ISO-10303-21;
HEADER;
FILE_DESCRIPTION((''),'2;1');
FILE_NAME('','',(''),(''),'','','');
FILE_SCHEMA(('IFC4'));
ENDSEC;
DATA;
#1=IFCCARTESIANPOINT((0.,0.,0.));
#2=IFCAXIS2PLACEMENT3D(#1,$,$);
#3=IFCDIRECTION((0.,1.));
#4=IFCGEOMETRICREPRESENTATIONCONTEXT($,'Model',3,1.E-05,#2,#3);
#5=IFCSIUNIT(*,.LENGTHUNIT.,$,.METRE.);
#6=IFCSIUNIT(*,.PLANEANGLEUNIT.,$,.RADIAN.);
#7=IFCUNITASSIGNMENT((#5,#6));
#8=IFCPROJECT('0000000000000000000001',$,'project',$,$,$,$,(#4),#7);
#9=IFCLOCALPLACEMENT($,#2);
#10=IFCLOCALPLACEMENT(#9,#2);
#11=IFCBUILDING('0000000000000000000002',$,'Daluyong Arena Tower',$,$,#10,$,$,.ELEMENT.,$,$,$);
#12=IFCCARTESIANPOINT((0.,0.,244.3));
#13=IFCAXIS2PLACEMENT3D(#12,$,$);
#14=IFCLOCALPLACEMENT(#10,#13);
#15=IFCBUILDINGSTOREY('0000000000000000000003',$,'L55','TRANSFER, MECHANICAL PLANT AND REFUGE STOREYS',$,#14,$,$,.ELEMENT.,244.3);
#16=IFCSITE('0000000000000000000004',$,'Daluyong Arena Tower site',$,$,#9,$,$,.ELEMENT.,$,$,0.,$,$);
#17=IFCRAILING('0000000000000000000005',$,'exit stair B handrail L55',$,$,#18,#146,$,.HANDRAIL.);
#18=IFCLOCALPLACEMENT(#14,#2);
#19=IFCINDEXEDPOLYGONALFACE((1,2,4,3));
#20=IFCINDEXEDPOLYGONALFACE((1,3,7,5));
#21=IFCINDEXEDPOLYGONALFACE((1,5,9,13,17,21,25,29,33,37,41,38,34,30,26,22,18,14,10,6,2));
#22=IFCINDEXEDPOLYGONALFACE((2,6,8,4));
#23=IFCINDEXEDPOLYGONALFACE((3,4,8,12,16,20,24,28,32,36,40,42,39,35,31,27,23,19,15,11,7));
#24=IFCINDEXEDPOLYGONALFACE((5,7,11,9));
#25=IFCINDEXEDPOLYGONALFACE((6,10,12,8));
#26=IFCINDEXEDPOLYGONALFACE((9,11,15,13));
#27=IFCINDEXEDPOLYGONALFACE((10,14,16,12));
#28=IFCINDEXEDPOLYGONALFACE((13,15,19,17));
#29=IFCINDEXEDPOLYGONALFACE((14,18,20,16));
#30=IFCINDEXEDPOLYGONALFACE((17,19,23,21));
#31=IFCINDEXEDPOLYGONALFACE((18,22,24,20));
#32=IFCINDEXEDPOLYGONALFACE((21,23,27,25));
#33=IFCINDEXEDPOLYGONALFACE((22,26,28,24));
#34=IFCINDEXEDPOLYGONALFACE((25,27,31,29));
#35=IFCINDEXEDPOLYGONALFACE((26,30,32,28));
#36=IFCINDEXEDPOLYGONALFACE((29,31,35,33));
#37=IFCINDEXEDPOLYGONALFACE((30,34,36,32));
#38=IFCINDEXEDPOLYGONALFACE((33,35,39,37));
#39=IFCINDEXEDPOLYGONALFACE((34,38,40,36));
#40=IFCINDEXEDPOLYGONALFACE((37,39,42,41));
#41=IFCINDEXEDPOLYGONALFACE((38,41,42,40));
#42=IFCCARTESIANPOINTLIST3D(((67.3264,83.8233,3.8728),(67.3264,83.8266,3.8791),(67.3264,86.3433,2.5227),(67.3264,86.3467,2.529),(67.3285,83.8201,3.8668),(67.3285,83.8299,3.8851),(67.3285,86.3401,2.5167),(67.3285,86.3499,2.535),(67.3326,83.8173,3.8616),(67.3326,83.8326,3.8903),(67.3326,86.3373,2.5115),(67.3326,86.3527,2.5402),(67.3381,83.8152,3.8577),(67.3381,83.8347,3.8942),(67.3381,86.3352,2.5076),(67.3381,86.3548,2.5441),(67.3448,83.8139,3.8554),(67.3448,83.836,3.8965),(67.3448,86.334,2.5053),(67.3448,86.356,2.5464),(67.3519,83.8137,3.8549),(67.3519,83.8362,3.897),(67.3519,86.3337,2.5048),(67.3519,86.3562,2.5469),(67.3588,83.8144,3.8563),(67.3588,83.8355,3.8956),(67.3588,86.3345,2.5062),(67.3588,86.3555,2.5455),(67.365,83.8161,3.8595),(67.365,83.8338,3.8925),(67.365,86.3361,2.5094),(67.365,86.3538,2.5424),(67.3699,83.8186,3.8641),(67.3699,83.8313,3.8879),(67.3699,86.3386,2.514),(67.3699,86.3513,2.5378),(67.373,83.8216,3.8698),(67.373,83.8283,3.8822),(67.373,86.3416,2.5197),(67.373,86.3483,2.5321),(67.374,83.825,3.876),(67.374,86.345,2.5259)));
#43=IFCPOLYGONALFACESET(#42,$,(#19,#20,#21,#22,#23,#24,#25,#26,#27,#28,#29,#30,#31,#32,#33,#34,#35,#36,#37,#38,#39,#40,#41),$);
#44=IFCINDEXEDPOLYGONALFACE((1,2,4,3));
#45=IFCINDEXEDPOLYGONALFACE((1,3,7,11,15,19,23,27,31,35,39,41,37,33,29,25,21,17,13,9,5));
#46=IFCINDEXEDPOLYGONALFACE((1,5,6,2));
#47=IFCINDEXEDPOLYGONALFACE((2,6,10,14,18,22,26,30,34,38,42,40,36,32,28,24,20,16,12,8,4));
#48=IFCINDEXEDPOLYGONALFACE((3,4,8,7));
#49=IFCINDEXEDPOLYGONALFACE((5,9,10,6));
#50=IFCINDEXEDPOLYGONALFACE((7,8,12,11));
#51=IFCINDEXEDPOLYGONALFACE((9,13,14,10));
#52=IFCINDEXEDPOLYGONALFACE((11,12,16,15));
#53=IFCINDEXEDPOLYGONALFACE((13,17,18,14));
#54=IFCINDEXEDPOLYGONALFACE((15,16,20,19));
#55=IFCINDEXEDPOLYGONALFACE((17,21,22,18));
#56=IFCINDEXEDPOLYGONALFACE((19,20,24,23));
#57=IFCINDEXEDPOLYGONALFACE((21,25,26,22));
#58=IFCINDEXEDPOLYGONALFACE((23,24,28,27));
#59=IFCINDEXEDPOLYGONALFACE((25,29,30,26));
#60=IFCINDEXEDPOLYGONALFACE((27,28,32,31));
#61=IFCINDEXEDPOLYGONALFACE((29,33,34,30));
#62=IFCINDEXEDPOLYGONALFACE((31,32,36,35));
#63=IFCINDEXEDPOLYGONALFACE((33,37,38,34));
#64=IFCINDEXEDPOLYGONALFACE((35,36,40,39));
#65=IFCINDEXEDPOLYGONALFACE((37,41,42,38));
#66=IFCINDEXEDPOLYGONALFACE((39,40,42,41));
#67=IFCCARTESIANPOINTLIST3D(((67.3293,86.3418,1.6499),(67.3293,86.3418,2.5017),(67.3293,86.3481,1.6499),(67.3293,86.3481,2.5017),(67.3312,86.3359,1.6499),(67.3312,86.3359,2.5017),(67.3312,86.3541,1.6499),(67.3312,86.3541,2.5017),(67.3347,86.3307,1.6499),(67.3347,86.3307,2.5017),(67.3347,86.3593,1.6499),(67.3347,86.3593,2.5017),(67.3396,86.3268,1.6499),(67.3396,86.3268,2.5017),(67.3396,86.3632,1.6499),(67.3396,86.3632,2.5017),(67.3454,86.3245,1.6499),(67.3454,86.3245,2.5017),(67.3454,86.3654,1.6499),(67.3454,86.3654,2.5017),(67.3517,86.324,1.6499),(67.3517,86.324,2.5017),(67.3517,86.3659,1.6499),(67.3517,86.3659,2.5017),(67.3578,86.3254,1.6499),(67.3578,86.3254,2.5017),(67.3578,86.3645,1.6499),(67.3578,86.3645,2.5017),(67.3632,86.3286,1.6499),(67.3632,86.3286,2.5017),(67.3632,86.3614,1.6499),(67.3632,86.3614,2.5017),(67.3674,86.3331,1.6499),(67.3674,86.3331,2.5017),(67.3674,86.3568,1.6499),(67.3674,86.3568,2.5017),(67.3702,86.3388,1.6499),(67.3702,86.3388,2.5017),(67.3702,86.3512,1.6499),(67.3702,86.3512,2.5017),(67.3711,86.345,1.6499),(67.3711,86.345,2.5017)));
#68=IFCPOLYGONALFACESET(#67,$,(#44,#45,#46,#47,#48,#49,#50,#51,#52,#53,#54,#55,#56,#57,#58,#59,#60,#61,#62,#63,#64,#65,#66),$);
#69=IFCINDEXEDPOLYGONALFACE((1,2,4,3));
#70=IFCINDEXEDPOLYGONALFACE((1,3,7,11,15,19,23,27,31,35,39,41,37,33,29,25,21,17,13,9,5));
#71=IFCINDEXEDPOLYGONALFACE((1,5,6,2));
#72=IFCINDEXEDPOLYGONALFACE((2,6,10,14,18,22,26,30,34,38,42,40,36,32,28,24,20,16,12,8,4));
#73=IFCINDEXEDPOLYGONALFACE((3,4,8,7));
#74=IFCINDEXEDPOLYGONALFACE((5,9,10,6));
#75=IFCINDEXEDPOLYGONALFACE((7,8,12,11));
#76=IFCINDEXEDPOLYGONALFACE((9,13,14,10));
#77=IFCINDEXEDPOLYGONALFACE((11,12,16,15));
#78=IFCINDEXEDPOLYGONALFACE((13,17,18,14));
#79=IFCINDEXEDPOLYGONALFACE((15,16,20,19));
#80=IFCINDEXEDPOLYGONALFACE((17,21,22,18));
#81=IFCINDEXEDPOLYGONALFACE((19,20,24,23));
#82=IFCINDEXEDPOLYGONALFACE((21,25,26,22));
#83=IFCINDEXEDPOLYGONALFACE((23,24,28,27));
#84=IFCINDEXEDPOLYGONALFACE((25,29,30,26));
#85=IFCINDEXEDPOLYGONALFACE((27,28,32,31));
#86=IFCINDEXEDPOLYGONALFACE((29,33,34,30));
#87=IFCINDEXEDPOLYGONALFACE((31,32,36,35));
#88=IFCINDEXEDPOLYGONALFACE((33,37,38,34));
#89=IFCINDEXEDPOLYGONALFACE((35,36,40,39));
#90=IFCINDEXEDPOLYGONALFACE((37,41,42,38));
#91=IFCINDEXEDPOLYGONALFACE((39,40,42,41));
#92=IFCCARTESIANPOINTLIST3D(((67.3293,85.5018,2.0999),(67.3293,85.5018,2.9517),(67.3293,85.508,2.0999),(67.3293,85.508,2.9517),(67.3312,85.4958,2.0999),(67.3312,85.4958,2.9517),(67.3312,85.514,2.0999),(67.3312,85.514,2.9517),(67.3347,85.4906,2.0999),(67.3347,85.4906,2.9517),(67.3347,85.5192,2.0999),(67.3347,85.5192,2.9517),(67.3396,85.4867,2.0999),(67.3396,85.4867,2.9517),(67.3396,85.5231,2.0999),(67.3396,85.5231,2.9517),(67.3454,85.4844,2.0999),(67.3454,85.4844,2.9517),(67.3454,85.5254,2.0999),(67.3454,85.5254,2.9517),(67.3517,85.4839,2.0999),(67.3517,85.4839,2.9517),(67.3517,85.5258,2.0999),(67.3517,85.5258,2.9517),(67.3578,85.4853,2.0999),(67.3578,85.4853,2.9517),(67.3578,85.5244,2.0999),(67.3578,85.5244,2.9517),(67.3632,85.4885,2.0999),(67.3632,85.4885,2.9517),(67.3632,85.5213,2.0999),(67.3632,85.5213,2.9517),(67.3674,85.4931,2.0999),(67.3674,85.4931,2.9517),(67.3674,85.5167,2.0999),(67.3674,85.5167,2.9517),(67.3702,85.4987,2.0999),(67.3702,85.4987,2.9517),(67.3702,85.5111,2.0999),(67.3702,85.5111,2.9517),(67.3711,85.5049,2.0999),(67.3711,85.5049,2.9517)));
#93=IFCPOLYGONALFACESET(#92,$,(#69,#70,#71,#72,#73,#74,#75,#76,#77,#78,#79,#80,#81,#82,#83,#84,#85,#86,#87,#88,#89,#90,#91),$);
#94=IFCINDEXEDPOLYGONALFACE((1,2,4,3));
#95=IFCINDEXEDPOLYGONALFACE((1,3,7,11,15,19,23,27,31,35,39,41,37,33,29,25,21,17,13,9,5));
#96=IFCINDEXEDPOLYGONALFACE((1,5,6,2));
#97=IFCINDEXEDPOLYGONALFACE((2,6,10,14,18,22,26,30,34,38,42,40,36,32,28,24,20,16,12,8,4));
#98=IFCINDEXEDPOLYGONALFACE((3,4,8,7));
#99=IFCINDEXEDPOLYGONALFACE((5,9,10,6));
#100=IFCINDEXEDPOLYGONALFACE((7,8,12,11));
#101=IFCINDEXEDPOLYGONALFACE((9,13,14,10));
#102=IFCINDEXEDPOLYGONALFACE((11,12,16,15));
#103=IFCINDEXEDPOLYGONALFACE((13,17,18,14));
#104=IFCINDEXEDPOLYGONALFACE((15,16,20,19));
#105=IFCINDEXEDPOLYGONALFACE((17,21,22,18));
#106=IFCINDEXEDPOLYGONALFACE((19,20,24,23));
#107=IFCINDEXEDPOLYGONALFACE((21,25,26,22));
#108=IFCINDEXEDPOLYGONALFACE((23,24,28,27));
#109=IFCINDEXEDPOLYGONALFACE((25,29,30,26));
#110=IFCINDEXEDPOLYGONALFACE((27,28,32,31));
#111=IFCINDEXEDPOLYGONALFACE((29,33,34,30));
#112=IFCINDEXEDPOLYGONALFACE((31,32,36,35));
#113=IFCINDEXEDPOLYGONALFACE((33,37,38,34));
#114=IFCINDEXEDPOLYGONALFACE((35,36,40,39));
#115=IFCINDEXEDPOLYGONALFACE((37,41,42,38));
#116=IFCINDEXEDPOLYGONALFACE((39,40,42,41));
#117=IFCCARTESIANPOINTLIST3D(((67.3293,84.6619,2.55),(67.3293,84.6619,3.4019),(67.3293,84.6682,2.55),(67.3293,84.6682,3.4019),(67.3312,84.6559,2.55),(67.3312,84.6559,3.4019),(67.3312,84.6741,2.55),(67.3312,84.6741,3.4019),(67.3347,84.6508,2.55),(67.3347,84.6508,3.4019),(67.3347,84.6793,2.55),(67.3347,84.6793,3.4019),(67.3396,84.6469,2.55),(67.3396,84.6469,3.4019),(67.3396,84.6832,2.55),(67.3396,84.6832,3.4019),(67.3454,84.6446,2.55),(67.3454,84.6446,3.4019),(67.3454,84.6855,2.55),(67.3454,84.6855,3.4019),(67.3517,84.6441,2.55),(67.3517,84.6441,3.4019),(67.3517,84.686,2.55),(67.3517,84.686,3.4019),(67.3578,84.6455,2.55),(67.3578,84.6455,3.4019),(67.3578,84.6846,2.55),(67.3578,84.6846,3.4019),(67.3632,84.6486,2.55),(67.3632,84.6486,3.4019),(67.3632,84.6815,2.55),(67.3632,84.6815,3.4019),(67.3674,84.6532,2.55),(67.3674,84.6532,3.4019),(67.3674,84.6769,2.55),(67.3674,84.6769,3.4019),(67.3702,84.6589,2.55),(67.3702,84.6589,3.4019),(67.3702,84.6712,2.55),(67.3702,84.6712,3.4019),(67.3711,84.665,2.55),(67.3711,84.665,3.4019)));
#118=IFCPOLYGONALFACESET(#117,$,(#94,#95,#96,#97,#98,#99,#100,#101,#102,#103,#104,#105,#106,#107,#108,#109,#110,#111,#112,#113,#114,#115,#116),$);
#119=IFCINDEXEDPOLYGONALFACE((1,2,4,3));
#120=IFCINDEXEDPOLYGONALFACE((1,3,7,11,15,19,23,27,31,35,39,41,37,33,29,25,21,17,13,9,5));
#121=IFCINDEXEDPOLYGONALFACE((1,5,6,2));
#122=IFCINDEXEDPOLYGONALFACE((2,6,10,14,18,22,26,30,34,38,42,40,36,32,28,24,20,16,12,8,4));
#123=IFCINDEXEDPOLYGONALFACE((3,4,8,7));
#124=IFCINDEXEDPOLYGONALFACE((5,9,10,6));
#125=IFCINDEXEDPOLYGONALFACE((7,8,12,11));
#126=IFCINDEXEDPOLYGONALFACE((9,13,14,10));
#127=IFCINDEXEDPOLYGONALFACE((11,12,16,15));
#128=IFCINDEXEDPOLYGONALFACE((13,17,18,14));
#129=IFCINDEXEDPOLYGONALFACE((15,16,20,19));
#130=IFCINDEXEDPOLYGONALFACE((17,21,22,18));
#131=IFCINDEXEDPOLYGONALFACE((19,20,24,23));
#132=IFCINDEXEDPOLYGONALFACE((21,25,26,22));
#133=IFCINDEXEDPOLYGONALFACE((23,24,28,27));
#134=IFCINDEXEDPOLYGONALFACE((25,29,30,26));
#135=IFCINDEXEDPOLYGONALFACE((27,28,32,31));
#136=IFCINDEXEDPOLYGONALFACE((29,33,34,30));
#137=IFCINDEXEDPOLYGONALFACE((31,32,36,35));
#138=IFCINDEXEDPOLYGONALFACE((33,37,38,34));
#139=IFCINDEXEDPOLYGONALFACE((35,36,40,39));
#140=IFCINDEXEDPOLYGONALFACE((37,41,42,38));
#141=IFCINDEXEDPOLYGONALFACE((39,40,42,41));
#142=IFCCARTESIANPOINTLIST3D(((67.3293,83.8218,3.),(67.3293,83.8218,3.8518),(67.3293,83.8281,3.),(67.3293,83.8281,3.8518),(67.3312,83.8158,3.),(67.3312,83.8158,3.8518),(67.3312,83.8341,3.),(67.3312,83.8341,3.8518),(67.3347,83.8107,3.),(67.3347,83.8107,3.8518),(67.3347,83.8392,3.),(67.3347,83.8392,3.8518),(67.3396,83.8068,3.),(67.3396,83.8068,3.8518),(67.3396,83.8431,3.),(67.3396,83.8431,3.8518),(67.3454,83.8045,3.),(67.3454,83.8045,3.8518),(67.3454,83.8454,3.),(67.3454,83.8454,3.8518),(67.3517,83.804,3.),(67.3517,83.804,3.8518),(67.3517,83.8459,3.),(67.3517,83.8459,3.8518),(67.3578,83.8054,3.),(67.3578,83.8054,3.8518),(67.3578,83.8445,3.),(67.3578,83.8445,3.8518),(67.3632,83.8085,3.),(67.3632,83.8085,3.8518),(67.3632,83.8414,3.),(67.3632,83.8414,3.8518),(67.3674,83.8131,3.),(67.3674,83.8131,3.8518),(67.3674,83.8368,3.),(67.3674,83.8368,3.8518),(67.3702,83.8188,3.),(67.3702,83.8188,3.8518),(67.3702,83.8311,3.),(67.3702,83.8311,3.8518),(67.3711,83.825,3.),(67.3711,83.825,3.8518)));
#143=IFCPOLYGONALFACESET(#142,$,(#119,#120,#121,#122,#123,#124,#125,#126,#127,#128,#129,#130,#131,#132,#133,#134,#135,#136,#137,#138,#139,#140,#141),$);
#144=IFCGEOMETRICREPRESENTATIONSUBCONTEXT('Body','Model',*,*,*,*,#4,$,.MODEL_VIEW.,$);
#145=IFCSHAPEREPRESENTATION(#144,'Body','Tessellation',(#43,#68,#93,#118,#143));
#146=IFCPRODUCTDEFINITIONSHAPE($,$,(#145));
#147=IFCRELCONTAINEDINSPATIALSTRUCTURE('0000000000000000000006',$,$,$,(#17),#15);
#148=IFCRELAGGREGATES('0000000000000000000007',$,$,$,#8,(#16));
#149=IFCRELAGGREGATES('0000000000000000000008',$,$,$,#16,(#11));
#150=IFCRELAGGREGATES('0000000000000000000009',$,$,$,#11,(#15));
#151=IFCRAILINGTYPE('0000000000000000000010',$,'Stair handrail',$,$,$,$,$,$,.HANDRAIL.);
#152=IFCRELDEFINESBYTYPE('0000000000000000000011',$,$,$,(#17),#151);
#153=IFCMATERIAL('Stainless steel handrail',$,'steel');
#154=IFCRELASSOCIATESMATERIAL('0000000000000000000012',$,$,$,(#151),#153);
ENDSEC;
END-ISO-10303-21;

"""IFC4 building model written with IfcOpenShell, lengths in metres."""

from ifc_helpers import new_model, si_unit, direction, frame, origin, origin_2d, place, context, subcontext, project, spatial, circle, extrude, material, type_object, element, save


model = new_model("IFC4")

# Units and contexts
model_context = context("Model", 3, precision=1e-05, world=origin(), true_north=direction((0.0, 1.0)))
body_context = subcontext(model_context, "Body", "Model", "MODEL_VIEW")
ifc_project = project(units=[si_unit("LENGTHUNIT", "METRE"), si_unit("PLANEANGLEUNIT", "RADIAN")], contexts=[model_context])

# Site, building, storey
site_placement = place(None, origin())
site = spatial("IfcSite", under=ifc_project, at=site_placement, Name="Daluyong Arena Tower site", CompositionType="ELEMENT", RefElevation=0.0)
building_placement = place(site_placement, origin())
building = spatial("IfcBuilding", under=site, at=building_placement, Name="Daluyong Arena Tower", CompositionType="ELEMENT")
storey_placement = place(building_placement, frame((0.0, 0.0, 244.3)))
storey = spatial("IfcBuildingStorey", under=building, at=storey_placement, Name="L55", Description="TRANSFER, MECHANICAL PLANT AND REFUGE STOREYS", CompositionType="ELEMENT", Elevation=244.3)

# Railing
ifc_material_1 = material(Name="Stainless steel handrail", Category="steel")
railing_type_1 = type_object("IfcRailingType", Name="Stair handrail", PredefinedType="HANDRAIL", material=ifc_material_1)
for number, where, name in (
    (1, (67.3501, 86.345, 1.6499), "exit stair B handrail L55"),
):
    element("IfcRailing", number, at=place(storey_placement, frame(where)), inside=storey, type_object=railing_type_1, Name=name, PredefinedType="HANDRAIL", context=body_context, shape_type="SweptSolid", body=[
        extrude(circle(Radius=0.0239, at=origin_2d()), frame((0.0, 0.0, 0.876), z_axis=(0.0, -0.881467, 0.472245), x_axis=(1.0, 0.0, 0.0)), (0.0, 0.0, 1.0), 2.8589),
        extrude(circle(Radius=0.021, at=origin_2d()), origin(), (0.0, 0.0, 1.0), 0.8518),
        extrude(circle(Radius=0.021, at=origin_2d()), frame((0.0, -0.8401, 0.45)), (0.0, 0.0, 1.0), 0.8518),
        extrude(circle(Radius=0.021, at=origin_2d()), frame((0.0, -1.6799, 0.9001)), (0.0, 0.0, 1.0), 0.8518),
        extrude(circle(Radius=0.021, at=origin_2d()), frame((0.0, -2.52, 1.3501)), (0.0, 0.0, 1.0), 0.8518),
    ])

save(model, "model.ifc")
